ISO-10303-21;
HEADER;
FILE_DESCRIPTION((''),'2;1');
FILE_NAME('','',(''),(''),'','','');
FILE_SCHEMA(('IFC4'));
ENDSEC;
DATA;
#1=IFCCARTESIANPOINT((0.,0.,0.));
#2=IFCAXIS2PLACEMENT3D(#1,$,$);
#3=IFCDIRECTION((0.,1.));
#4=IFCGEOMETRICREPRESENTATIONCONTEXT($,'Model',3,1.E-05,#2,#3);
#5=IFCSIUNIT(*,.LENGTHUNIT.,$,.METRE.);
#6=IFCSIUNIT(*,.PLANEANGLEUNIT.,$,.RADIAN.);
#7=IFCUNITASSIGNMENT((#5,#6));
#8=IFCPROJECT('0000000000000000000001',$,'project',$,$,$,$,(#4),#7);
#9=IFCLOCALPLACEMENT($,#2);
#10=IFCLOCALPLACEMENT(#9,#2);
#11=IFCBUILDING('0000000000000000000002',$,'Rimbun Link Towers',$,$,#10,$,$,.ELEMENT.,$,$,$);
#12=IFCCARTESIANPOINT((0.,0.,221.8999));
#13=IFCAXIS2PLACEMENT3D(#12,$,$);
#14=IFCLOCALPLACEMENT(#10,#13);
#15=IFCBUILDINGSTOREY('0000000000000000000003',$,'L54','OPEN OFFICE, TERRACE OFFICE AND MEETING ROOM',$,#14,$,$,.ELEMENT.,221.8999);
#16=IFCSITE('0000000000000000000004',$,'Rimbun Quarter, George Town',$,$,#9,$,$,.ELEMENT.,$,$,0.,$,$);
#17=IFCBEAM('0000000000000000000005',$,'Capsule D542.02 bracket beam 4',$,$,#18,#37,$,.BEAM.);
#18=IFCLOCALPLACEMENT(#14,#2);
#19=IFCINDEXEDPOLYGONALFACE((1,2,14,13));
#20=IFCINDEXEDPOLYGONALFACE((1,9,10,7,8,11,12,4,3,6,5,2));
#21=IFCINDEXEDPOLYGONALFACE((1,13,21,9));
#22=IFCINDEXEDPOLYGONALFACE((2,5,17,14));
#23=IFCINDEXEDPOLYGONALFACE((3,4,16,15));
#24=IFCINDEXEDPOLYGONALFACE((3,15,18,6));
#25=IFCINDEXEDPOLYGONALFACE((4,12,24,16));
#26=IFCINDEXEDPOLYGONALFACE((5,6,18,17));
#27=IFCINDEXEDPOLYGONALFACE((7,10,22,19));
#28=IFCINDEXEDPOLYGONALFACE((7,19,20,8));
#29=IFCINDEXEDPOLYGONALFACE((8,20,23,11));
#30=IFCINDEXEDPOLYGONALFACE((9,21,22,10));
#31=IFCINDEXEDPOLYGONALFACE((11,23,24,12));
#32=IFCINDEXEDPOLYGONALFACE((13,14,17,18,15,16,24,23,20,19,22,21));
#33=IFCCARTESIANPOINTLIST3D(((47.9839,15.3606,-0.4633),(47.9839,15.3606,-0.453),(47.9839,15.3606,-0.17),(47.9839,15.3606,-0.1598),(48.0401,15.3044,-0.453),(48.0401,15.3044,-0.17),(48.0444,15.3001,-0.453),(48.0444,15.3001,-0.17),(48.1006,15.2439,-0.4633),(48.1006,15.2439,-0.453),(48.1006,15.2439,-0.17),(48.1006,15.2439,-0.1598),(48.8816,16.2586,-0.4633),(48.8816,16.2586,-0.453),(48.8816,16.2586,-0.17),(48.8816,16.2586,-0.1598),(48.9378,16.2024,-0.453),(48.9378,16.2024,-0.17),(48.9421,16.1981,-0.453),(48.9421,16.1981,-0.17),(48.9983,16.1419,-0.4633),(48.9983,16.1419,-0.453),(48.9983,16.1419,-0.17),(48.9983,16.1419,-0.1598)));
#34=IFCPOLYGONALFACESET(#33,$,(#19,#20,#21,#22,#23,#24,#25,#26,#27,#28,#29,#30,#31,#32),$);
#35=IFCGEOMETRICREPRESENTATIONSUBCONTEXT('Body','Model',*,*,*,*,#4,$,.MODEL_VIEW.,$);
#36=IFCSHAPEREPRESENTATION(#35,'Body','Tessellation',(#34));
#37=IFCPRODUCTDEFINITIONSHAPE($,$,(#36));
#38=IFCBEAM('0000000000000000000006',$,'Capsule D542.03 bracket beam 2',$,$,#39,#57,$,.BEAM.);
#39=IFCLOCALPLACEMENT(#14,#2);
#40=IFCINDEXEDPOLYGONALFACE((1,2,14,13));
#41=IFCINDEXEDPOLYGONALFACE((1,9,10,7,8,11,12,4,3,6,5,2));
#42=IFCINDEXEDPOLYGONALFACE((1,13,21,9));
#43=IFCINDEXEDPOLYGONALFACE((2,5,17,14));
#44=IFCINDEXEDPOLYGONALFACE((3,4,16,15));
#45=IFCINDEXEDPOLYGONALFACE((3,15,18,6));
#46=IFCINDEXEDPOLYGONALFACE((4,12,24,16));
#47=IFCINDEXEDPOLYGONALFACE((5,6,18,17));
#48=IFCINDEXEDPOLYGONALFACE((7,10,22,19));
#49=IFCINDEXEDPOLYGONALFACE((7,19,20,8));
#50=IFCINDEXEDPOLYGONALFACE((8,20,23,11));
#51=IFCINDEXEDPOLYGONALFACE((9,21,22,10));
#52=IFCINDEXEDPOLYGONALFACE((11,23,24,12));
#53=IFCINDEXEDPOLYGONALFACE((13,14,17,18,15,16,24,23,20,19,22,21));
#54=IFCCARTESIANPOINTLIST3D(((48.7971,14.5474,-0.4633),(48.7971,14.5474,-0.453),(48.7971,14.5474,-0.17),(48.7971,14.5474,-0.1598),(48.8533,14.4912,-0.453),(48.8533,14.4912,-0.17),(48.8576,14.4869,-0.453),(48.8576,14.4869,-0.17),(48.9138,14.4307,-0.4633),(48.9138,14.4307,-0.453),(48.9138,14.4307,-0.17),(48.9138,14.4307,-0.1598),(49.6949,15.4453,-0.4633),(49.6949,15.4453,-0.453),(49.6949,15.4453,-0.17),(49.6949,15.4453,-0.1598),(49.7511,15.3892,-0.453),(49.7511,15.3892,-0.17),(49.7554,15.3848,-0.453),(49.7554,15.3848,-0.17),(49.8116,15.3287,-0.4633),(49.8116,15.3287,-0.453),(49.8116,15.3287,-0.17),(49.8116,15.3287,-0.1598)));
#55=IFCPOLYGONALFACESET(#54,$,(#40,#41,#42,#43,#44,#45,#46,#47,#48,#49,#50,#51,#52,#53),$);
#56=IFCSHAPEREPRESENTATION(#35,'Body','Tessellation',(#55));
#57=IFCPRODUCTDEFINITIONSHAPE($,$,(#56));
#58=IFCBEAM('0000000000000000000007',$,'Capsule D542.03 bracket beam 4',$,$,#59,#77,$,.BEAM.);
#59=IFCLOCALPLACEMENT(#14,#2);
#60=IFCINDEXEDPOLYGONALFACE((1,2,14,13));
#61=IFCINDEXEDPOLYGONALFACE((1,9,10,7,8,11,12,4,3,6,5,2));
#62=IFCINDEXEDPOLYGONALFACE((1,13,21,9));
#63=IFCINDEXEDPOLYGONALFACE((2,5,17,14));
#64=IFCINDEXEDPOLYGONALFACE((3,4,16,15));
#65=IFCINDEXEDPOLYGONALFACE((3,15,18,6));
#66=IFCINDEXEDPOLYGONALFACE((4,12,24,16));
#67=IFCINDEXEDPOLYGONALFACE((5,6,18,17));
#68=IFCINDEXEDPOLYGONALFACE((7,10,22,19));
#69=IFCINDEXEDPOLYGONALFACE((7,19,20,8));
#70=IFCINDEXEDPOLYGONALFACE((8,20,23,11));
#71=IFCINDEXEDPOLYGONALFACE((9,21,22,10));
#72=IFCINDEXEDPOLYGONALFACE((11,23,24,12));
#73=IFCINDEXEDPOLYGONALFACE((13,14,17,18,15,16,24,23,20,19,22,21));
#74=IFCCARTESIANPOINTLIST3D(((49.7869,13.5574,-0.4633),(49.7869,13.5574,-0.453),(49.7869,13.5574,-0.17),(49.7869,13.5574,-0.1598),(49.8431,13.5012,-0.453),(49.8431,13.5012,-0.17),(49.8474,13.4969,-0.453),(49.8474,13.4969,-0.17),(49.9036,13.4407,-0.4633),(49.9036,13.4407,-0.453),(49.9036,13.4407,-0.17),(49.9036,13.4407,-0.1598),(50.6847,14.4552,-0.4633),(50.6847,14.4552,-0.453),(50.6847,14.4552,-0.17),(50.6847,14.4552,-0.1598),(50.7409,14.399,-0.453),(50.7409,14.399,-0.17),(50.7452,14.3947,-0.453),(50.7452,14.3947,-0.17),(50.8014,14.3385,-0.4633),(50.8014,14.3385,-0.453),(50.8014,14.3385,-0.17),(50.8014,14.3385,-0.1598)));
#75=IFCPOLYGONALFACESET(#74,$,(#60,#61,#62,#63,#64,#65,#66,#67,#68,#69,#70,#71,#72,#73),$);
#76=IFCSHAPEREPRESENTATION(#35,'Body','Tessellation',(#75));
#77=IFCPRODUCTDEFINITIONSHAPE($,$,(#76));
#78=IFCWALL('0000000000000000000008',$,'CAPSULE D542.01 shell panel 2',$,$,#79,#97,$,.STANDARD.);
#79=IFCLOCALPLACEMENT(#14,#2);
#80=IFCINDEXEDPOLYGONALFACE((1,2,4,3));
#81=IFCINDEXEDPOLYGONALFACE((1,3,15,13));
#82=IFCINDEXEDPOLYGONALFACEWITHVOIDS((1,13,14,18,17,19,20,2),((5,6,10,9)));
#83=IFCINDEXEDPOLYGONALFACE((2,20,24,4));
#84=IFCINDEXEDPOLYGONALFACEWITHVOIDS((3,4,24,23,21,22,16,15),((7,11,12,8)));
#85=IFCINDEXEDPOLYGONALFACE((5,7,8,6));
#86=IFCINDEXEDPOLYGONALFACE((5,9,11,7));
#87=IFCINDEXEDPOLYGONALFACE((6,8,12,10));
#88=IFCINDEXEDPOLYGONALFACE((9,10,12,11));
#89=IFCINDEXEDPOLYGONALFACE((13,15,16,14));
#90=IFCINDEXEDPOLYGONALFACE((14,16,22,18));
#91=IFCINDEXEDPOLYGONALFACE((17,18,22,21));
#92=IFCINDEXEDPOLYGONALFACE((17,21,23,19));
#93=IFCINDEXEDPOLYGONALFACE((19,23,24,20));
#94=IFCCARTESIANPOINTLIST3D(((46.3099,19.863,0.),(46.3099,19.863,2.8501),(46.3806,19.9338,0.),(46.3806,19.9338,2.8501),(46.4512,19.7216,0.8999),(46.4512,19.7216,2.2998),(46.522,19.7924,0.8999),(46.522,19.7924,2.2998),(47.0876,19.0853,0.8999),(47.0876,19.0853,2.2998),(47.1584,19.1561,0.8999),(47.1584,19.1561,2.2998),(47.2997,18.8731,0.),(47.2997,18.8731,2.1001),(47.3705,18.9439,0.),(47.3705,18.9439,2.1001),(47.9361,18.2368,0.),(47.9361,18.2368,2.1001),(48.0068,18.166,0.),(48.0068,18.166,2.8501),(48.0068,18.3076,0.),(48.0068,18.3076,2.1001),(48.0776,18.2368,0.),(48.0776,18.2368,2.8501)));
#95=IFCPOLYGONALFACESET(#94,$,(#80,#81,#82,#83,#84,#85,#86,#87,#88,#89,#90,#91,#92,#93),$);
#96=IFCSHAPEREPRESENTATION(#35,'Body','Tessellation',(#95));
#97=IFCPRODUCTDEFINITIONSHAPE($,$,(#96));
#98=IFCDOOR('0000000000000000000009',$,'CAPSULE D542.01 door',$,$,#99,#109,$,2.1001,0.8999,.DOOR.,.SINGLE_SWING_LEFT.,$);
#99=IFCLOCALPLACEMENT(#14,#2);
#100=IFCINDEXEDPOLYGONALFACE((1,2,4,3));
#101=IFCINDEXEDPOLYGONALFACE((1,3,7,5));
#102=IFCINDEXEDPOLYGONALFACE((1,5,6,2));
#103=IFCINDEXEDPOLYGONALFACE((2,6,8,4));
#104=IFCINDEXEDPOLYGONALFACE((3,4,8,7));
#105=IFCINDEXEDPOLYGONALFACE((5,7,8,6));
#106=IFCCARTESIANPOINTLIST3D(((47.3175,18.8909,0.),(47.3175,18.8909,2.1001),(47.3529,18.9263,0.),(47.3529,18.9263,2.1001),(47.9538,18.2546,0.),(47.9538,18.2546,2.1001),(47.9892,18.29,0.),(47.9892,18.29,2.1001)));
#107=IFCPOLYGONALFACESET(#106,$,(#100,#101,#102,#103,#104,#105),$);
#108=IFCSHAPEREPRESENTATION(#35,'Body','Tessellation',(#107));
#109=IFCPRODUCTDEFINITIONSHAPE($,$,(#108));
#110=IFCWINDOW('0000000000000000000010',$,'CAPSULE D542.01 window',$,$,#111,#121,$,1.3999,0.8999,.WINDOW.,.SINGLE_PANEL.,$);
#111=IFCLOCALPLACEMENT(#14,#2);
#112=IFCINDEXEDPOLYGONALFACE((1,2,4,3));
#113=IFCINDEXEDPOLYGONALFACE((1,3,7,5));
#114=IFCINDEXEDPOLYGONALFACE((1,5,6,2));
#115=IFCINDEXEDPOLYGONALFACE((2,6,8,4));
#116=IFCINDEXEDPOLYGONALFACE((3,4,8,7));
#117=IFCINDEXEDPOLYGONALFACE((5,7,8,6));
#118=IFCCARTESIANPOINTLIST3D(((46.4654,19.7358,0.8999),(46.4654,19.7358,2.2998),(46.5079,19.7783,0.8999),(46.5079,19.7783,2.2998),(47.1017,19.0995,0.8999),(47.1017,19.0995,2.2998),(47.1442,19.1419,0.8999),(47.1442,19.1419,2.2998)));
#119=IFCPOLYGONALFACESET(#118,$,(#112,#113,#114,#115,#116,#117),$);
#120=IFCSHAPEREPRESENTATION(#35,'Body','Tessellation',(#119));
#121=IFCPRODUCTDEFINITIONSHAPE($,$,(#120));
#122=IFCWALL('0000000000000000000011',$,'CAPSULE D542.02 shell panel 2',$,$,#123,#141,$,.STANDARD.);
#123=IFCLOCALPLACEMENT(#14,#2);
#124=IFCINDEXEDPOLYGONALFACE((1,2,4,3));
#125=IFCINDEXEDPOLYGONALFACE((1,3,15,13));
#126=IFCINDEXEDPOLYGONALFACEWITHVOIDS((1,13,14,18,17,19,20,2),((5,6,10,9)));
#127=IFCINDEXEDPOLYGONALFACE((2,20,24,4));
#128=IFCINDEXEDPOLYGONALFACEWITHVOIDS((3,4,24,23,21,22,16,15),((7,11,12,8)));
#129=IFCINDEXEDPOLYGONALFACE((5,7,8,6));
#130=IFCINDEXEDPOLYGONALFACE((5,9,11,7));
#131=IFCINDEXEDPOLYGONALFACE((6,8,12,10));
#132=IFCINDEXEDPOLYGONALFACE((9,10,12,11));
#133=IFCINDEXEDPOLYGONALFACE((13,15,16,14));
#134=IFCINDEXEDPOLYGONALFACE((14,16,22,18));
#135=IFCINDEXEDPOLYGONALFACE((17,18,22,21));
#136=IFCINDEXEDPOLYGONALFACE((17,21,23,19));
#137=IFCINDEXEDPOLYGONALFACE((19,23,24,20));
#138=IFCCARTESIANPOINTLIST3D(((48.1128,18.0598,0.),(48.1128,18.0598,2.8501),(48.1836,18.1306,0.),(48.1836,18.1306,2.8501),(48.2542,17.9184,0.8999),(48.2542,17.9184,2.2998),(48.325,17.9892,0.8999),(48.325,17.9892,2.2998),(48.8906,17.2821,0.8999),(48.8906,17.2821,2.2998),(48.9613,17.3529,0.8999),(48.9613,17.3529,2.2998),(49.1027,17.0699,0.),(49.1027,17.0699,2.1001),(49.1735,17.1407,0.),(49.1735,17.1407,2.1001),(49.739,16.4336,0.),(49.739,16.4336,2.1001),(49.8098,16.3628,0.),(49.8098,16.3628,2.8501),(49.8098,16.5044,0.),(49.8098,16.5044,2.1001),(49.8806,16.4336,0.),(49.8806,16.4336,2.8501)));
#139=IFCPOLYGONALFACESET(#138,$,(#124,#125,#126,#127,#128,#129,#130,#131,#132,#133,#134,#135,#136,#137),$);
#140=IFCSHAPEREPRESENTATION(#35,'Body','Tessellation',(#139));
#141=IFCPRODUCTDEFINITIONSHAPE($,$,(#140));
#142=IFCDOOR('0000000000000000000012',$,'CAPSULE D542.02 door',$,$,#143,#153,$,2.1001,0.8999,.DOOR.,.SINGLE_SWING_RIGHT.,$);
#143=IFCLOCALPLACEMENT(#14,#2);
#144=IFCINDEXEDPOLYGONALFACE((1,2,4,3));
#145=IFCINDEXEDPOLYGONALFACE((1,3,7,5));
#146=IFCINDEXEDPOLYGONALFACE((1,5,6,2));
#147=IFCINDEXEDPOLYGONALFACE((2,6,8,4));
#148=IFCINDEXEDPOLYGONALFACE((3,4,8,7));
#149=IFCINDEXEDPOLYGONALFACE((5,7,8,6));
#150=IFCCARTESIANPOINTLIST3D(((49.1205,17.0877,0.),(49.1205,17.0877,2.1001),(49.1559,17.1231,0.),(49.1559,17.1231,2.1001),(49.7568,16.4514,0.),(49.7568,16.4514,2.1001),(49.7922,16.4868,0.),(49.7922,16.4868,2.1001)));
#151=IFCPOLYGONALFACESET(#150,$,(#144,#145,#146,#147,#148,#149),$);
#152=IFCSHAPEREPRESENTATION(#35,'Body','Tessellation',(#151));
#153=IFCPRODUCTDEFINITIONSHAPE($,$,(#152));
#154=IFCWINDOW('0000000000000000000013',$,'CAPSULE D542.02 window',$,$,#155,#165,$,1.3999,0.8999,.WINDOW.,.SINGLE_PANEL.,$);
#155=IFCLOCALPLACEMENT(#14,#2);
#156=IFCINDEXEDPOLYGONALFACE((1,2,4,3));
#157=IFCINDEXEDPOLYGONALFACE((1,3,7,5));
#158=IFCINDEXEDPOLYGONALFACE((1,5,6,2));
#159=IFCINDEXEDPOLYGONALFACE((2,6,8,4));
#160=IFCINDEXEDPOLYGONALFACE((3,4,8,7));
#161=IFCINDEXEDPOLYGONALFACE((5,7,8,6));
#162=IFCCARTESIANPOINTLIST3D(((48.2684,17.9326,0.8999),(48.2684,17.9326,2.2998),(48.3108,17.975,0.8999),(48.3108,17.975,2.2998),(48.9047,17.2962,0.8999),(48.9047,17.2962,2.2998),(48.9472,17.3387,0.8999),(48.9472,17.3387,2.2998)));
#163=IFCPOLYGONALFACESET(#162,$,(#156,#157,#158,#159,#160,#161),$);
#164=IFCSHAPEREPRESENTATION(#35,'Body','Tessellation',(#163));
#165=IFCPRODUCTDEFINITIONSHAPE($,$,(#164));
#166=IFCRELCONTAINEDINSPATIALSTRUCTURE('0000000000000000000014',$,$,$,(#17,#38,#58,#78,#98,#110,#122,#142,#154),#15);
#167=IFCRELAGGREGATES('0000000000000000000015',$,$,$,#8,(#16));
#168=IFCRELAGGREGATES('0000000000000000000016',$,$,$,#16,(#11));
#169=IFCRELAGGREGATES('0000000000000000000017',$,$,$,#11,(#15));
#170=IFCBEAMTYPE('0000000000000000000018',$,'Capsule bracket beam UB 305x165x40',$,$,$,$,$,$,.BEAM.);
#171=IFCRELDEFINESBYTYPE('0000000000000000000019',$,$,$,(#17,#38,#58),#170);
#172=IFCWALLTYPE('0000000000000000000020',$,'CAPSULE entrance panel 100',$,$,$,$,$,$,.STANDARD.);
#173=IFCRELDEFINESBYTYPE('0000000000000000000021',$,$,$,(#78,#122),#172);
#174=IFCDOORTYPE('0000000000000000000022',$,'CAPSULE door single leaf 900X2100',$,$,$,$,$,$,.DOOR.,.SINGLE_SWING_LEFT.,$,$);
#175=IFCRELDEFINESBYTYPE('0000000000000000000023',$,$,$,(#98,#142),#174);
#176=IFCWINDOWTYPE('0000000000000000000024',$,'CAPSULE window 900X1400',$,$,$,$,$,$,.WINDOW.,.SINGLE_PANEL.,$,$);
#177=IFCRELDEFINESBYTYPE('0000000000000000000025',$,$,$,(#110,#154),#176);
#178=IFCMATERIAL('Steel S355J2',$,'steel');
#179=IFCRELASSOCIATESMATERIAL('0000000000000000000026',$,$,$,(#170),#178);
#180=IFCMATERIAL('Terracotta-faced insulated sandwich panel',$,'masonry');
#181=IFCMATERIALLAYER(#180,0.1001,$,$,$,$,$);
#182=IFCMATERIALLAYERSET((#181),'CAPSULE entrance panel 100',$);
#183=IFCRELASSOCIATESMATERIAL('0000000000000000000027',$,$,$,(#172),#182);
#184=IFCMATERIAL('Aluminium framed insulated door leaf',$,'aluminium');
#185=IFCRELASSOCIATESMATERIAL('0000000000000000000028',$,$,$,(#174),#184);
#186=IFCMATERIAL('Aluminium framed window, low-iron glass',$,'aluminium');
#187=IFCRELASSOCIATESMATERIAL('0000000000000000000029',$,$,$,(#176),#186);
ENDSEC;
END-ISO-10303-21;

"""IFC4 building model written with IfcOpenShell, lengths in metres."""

from ifc_helpers import new_model, si_unit, direction, frame, frame_2d, origin, origin_2d, place, context, subcontext, project, spatial, rectangle, i_section, extrude, material, layer, layer_set, material_profile, profile_set, type_object, element, fill, save


model = new_model("IFC4")

# Units and contexts
model_context = context("Model", 3, precision=1e-05, world=origin(), true_north=direction((0.0, 1.0)))
body_context = subcontext(model_context, "Body", "Model", "MODEL_VIEW")
ifc_project = project(units=[si_unit("LENGTHUNIT", "METRE"), si_unit("PLANEANGLEUNIT", "RADIAN")], contexts=[model_context])

# Site, building, storey
site_placement = place(None, origin())
site = spatial("IfcSite", under=ifc_project, at=site_placement, Name="Rimbun Quarter, George Town", CompositionType="ELEMENT", RefElevation=0.0)
building_placement = place(site_placement, origin())
building = spatial("IfcBuilding", under=site, at=building_placement, Name="Rimbun Link Towers", CompositionType="ELEMENT")
storey_placement = place(building_placement, frame((0.0, 0.0, 221.8999)))
storey = spatial("IfcBuildingStorey", under=building, at=storey_placement, Name="L54", Description="OPEN OFFICE, TERRACE OFFICE AND MEETING ROOM", CompositionType="ELEMENT", Elevation=221.8999)

# Beams
ifc_material_1 = material(Name="Steel S355J2", Category="steel")
ifc_material_profile = material_profile(ifc_material_1, i_section(OverallWidth=0.165, OverallDepth=0.3035, WebThickness=0.0061, FlangeThickness=0.0103, at=origin_2d()), Name="UB 305x165x40")
ifc_profile_set = profile_set([ifc_material_profile], Name="Steel S355J2")
beam_type = type_object("IfcBeamType", Name="Capsule bracket beam UB 305x165x40", PredefinedType="BEAM", material=ifc_profile_set)
for number, where, z_axis, x_axis, name in (
    (1, (48.0422, 15.3022, -0.3115), (0.707011, 0.707203, 0.0), (-0.707203, 0.707011, 0.0), "Capsule D542.02 bracket beam 4"),
    (2, (48.8555, 14.489, -0.3115), (0.707011, 0.707203, 0.0), (-0.707203, 0.707011, 0.0), "Capsule D542.03 bracket beam 2"),
    (3, (49.8452, 13.499, -0.3115), (0.707107, 0.707107, 0.0), (-0.707107, 0.707107, 0.0), "Capsule D542.03 bracket beam 4"),
):
    element("IfcBeam", number, at=place(storey_placement, frame(where, z_axis=z_axis, x_axis=x_axis)), inside=storey, type_object=beam_type, Name=name, PredefinedType="BEAM", context=body_context, shape_type="SweptSolid", body=[
        extrude(i_section(OverallWidth=0.165, OverallDepth=0.3035, WebThickness=0.0061, FlangeThickness=0.0103, at=origin_2d()), origin(), (0.0, 0.0, 1.0), 1.2698),
    ])

# Walls, openings, doors, windows
ifc_material_2 = material(Name="Terracotta-faced insulated sandwich panel", Category="masonry")
ifc_layer_1 = layer(ifc_material_2, 0.1001)
ifc_layer_set_1 = layer_set([ifc_layer_1], Name="CAPSULE entrance panel 100")
wall_type_1 = type_object("IfcWallType", Name="CAPSULE entrance panel 100", PredefinedType="STANDARD", material=ifc_layer_set_1)
wall_1_placement = place(storey_placement, frame((48.0422, 18.2014, 0.0), z_axis=(0.0, 0.0, 1.0), x_axis=(-0.707107, 0.707107, 0.0)))
wall_1 = element("IfcWall", 4, at=wall_1_placement, inside=storey, type_object=wall_type_1, Name="CAPSULE D542.01 shell panel 2", PredefinedType="STANDARD", context=body_context, shape_type="SweptSolid", body=[
    extrude(rectangle(XDim=2.3999, YDim=0.1001, at=frame_2d((1.2, 0.0))), origin(), (0.0, 0.0, 1.0), 2.8501),
])
opening_1_placement = place(wall_1_placement, frame((0.1001, 0.0, 0.0)))
opening_1 = element("IfcOpeningElement", 5, at=opening_1_placement, cuts=wall_1, PredefinedType="OPENING", context=body_context, shape_type="SweptSolid", body=[
    extrude(rectangle(XDim=0.8999, YDim=2.1001, at=frame_2d((0.45, 1.05))), frame((0.0, 0.0601, 0.0), z_axis=(0.0, -1.0, 0.0), x_axis=(1.0, 0.0, 0.0)), (0.0, 0.0, 1.0), 0.1201),
])
opening_2_placement = place(wall_1_placement, frame((1.3, 0.0, 0.8999)))
opening_2 = element("IfcOpeningElement", 6, at=opening_2_placement, cuts=wall_1, PredefinedType="OPENING", context=body_context, shape_type="SweptSolid", body=[
    extrude(rectangle(XDim=0.8999, YDim=1.3999, at=frame_2d((0.45, 0.7))), frame((0.0, 0.0601, 0.0), z_axis=(0.0, -1.0, 0.0), x_axis=(1.0, 0.0, 0.0)), (0.0, 0.0, 1.0), 0.1201),
])
ifc_material_3 = material(Name="Aluminium framed insulated door leaf", Category="aluminium")
door_type = type_object("IfcDoorType", Name="CAPSULE door single leaf 900X2100", OperationType="SINGLE_SWING_LEFT", PredefinedType="DOOR", material=ifc_material_3)
door_1_placement = place(opening_1_placement, origin())
door_1 = element("IfcDoor", 7, at=door_1_placement, inside=storey, type_object=door_type, Name="CAPSULE D542.01 door", OperationType="SINGLE_SWING_LEFT", OverallHeight=2.1001, OverallWidth=0.8999, PredefinedType="DOOR", context=body_context, shape_type="SweptSolid", body=[
    extrude(rectangle(XDim=0.8999, YDim=2.1001, at=frame_2d((0.45, 1.05))), frame((0.0, 0.0249, 0.0), z_axis=(0.0, -1.0, 0.0), x_axis=(1.0, 0.0, 0.0)), (0.0, 0.0, 1.0), 0.05),
])
fill(opening_1, door_1)
ifc_material_4 = material(Name="Aluminium framed window, low-iron glass", Category="aluminium")
window_type = type_object("IfcWindowType", Name="CAPSULE window 900X1400", PartitioningType="SINGLE_PANEL", PredefinedType="WINDOW", material=ifc_material_4)
window_1_placement = place(opening_2_placement, origin())
window_1 = element("IfcWindow", 8, at=window_1_placement, inside=storey, type_object=window_type, Name="CAPSULE D542.01 window", OverallHeight=1.3999, OverallWidth=0.8999, PartitioningType="SINGLE_PANEL", PredefinedType="WINDOW", context=body_context, shape_type="SweptSolid", body=[
    extrude(rectangle(XDim=0.8999, YDim=1.3999, at=frame_2d((0.45, 0.7))), frame((0.0, 0.03, 0.0), z_axis=(0.0, -1.0, 0.0), x_axis=(1.0, 0.0, 0.0)), (0.0, 0.0, 1.0), 0.0601),
])
fill(opening_2, window_1)
wall_2_placement = place(storey_placement, frame((49.8452, 16.3982, 0.0), z_axis=(0.0, 0.0, 1.0), x_axis=(-0.707107, 0.707107, 0.0)))
wall_2 = element("IfcWall", 9, at=wall_2_placement, inside=storey, type_object=wall_type_1, Name="CAPSULE D542.02 shell panel 2", PredefinedType="STANDARD", context=body_context, shape_type="SweptSolid", body=[
    extrude(rectangle(XDim=2.3999, YDim=0.1001, at=frame_2d((1.2, 0.0))), origin(), (0.0, 0.0, 1.0), 2.8501),
])
opening_3_placement = place(wall_2_placement, frame((0.1001, 0.0, 0.0)))
opening_3 = element("IfcOpeningElement", 10, at=opening_3_placement, cuts=wall_2, PredefinedType="OPENING", context=body_context, shape_type="SweptSolid", body=[
    extrude(rectangle(XDim=0.8999, YDim=2.1001, at=frame_2d((0.45, 1.05))), frame((0.0, 0.0601, 0.0), z_axis=(0.0, -1.0, 0.0), x_axis=(1.0, 0.0, 0.0)), (0.0, 0.0, 1.0), 0.1201),
])
opening_4_placement = place(wall_2_placement, frame((1.3, 0.0, 0.8999)))
opening_4 = element("IfcOpeningElement", 11, at=opening_4_placement, cuts=wall_2, PredefinedType="OPENING", context=body_context, shape_type="SweptSolid", body=[
    extrude(rectangle(XDim=0.8999, YDim=1.3999, at=frame_2d((0.45, 0.7))), frame((0.0, 0.0601, 0.0), z_axis=(0.0, -1.0, 0.0), x_axis=(1.0, 0.0, 0.0)), (0.0, 0.0, 1.0), 0.1201),
])
door_2_placement = place(opening_3_placement, origin())
door_2 = element("IfcDoor", 12, at=door_2_placement, inside=storey, type_object=door_type, Name="CAPSULE D542.02 door", OperationType="SINGLE_SWING_RIGHT", OverallHeight=2.1001, OverallWidth=0.8999, PredefinedType="DOOR", context=body_context, shape_type="SweptSolid", body=[
    extrude(rectangle(XDim=0.8999, YDim=2.1001, at=frame_2d((0.45, 1.05))), frame((0.0, 0.0249, 0.0), z_axis=(0.0, -1.0, 0.0), x_axis=(1.0, 0.0, 0.0)), (0.0, 0.0, 1.0), 0.05),
])
fill(opening_3, door_2)
window_2_placement = place(opening_4_placement, origin())
window_2 = element("IfcWindow", 13, at=window_2_placement, inside=storey, type_object=window_type, Name="CAPSULE D542.02 window", OverallHeight=1.3999, OverallWidth=0.8999, PartitioningType="SINGLE_PANEL", PredefinedType="WINDOW", context=body_context, shape_type="SweptSolid", body=[
    extrude(rectangle(XDim=0.8999, YDim=1.3999, at=frame_2d((0.45, 0.7))), frame((0.0, 0.03, 0.0), z_axis=(0.0, -1.0, 0.0), x_axis=(1.0, 0.0, 0.0)), (0.0, 0.0, 1.0), 0.0601),
])
fill(opening_4, window_2)

save(model, "model.ifc")
